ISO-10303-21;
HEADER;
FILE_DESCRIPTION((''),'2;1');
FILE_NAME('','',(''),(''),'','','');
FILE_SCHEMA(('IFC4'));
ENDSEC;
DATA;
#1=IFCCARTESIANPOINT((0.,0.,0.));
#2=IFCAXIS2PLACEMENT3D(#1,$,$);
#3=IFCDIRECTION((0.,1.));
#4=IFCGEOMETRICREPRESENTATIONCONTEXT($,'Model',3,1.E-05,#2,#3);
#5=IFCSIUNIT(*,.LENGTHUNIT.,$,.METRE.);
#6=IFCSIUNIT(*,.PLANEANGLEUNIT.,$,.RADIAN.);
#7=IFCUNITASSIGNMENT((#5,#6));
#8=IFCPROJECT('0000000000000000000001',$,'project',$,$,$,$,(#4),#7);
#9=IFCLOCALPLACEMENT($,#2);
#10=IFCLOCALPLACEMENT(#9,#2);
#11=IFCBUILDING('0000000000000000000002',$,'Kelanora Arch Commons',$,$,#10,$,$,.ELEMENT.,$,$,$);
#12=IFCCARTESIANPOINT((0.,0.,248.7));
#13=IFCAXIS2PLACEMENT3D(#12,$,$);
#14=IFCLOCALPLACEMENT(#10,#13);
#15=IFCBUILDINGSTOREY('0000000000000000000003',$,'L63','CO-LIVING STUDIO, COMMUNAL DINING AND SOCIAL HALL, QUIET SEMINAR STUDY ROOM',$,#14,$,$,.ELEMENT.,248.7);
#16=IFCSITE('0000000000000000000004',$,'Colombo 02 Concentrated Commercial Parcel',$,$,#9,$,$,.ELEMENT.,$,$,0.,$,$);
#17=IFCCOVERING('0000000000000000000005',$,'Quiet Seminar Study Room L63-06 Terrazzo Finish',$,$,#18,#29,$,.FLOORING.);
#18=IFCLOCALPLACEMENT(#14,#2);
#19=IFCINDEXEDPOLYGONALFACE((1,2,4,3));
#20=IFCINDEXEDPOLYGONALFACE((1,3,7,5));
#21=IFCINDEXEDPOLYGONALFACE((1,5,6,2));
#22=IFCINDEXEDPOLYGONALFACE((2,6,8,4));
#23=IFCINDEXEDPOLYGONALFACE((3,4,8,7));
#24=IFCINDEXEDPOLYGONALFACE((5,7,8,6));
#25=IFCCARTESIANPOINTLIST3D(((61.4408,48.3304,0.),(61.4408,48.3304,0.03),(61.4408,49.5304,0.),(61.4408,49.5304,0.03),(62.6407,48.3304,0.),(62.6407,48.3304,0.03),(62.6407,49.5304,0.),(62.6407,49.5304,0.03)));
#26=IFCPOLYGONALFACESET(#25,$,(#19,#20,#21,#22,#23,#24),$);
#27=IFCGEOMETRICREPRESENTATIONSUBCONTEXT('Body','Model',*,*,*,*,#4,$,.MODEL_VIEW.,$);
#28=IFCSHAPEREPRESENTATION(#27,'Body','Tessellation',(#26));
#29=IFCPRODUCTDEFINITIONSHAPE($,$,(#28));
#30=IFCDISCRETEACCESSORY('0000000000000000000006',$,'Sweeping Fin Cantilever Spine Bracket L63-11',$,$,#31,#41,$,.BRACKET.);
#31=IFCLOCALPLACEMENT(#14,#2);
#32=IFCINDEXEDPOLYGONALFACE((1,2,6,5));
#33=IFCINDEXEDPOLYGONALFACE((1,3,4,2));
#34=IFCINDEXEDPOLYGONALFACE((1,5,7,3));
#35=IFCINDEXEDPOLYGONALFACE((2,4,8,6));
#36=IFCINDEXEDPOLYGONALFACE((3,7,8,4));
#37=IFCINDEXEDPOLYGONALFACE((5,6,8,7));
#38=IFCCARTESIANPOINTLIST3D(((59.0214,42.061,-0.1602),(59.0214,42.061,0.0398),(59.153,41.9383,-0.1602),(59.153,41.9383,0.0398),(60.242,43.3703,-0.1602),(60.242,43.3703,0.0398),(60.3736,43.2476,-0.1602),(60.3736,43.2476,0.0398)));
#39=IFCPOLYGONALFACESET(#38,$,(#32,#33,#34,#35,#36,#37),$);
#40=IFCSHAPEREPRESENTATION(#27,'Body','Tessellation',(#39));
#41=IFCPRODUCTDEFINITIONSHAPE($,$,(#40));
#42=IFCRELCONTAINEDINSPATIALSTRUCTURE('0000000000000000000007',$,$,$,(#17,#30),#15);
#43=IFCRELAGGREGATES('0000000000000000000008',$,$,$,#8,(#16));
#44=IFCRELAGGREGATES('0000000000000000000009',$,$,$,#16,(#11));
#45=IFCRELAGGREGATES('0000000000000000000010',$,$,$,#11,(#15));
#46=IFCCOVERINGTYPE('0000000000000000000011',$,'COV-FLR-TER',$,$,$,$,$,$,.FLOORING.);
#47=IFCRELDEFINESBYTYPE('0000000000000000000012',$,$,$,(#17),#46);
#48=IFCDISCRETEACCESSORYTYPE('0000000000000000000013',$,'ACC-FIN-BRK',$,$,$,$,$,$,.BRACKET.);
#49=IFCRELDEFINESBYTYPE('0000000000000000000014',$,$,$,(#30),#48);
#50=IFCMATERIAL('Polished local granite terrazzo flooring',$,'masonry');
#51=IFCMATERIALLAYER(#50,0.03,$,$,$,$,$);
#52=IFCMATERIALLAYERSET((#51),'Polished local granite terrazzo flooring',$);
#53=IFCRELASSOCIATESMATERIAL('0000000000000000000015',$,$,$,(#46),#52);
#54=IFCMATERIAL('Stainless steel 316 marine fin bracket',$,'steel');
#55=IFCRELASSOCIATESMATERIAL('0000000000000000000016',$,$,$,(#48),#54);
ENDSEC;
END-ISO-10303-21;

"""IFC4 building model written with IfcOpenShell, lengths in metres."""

from ifc_helpers import new_model, si_unit, direction, frame, origin, origin_2d, place, context, subcontext, project, spatial, rectangle, extrude, source, transform, mapped, material, layer, layer_set, type_object, element, save


model = new_model("IFC4")

# Units and contexts
model_context = context("Model", 3, precision=1e-05, world=origin(), true_north=direction((0.0, 1.0)))
body_context = subcontext(model_context, "Body", "Model", "MODEL_VIEW")
ifc_project = project(units=[si_unit("LENGTHUNIT", "METRE"), si_unit("PLANEANGLEUNIT", "RADIAN")], contexts=[model_context])

# Site, building, storey
site_placement = place(None, origin())
site = spatial("IfcSite", under=ifc_project, at=site_placement, Name="Colombo 02 Concentrated Commercial Parcel", CompositionType="ELEMENT", RefElevation=0.0)
building_placement = place(site_placement, origin())
building = spatial("IfcBuilding", under=site, at=building_placement, Name="Kelanora Arch Commons", CompositionType="ELEMENT")
storey_placement = place(building_placement, frame((0.0, 0.0, 248.7)))
storey = spatial("IfcBuildingStorey", under=building, at=storey_placement, Name="L63", Description="CO-LIVING STUDIO, COMMUNAL DINING AND SOCIAL HALL, QUIET SEMINAR STUDY ROOM", CompositionType="ELEMENT", Elevation=248.7)

# Covering
ifc_material_1 = material(Name="Polished local granite terrazzo flooring", Category="masonry")
ifc_layer_1 = layer(ifc_material_1, 0.03)
ifc_layer_set_1 = layer_set([ifc_layer_1], Name="Polished local granite terrazzo flooring")
covering_type = type_object("IfcCoveringType", Name="COV-FLR-TER", PredefinedType="FLOORING", material=ifc_layer_set_1)
shared_shape_1 = source(origin(), body_context, "Body", "SweptSolid", [
    extrude(rectangle(XDim=1.2, YDim=1.2, at=origin_2d()), origin(), (0.0, 0.0, 1.0), 0.03),
])
for number, where, z_axis, x_axis, name in (
    (1, (62.0408, 48.9304, 0.0), (0.0, 0.0, 1.0), (1.0, 0.0, 0.0), "Quiet Seminar Study Room L63-06 Terrazzo Finish"),
):
    element("IfcCovering", number, at=place(storey_placement, frame(where, z_axis=z_axis, x_axis=x_axis)), inside=storey, type_object=covering_type, Name=name, PredefinedType="FLOORING", context=body_context, shape_type="MappedRepresentation", body=[
        mapped(shared_shape_1, transform((0.0, 0.0, 0.0), scale=1.0)),
    ])

# Discrete accessory
ifc_material_2 = material(Name="Stainless steel 316 marine fin bracket", Category="steel")
discrete_accessory_type = type_object("IfcDiscreteAccessoryType", Name="ACC-FIN-BRK", PredefinedType="BRACKET", material=ifc_material_2)
shared_shape_2 = source(origin(), body_context, "Body", "SweptSolid", [
    extrude(rectangle(XDim=1.79, YDim=0.1799, at=origin_2d()), origin(), (0.0, 0.0, 1.0), 0.2),
])
discrete_accessory_placement = place(storey_placement, frame((59.6975, 42.6543, -0.1602), z_axis=(0.0, 0.0, 1.0), x_axis=(-0.681871, -0.731473, 0.0)))
element("IfcDiscreteAccessory", 2, at=discrete_accessory_placement, inside=storey, type_object=discrete_accessory_type, Name="Sweeping Fin Cantilever Spine Bracket L63-11", PredefinedType="BRACKET", context=body_context, shape_type="MappedRepresentation", body=[
    mapped(shared_shape_2, transform((0.0, 0.0, 0.0), scale=1.0)),
])

save(model, "model.ifc")
